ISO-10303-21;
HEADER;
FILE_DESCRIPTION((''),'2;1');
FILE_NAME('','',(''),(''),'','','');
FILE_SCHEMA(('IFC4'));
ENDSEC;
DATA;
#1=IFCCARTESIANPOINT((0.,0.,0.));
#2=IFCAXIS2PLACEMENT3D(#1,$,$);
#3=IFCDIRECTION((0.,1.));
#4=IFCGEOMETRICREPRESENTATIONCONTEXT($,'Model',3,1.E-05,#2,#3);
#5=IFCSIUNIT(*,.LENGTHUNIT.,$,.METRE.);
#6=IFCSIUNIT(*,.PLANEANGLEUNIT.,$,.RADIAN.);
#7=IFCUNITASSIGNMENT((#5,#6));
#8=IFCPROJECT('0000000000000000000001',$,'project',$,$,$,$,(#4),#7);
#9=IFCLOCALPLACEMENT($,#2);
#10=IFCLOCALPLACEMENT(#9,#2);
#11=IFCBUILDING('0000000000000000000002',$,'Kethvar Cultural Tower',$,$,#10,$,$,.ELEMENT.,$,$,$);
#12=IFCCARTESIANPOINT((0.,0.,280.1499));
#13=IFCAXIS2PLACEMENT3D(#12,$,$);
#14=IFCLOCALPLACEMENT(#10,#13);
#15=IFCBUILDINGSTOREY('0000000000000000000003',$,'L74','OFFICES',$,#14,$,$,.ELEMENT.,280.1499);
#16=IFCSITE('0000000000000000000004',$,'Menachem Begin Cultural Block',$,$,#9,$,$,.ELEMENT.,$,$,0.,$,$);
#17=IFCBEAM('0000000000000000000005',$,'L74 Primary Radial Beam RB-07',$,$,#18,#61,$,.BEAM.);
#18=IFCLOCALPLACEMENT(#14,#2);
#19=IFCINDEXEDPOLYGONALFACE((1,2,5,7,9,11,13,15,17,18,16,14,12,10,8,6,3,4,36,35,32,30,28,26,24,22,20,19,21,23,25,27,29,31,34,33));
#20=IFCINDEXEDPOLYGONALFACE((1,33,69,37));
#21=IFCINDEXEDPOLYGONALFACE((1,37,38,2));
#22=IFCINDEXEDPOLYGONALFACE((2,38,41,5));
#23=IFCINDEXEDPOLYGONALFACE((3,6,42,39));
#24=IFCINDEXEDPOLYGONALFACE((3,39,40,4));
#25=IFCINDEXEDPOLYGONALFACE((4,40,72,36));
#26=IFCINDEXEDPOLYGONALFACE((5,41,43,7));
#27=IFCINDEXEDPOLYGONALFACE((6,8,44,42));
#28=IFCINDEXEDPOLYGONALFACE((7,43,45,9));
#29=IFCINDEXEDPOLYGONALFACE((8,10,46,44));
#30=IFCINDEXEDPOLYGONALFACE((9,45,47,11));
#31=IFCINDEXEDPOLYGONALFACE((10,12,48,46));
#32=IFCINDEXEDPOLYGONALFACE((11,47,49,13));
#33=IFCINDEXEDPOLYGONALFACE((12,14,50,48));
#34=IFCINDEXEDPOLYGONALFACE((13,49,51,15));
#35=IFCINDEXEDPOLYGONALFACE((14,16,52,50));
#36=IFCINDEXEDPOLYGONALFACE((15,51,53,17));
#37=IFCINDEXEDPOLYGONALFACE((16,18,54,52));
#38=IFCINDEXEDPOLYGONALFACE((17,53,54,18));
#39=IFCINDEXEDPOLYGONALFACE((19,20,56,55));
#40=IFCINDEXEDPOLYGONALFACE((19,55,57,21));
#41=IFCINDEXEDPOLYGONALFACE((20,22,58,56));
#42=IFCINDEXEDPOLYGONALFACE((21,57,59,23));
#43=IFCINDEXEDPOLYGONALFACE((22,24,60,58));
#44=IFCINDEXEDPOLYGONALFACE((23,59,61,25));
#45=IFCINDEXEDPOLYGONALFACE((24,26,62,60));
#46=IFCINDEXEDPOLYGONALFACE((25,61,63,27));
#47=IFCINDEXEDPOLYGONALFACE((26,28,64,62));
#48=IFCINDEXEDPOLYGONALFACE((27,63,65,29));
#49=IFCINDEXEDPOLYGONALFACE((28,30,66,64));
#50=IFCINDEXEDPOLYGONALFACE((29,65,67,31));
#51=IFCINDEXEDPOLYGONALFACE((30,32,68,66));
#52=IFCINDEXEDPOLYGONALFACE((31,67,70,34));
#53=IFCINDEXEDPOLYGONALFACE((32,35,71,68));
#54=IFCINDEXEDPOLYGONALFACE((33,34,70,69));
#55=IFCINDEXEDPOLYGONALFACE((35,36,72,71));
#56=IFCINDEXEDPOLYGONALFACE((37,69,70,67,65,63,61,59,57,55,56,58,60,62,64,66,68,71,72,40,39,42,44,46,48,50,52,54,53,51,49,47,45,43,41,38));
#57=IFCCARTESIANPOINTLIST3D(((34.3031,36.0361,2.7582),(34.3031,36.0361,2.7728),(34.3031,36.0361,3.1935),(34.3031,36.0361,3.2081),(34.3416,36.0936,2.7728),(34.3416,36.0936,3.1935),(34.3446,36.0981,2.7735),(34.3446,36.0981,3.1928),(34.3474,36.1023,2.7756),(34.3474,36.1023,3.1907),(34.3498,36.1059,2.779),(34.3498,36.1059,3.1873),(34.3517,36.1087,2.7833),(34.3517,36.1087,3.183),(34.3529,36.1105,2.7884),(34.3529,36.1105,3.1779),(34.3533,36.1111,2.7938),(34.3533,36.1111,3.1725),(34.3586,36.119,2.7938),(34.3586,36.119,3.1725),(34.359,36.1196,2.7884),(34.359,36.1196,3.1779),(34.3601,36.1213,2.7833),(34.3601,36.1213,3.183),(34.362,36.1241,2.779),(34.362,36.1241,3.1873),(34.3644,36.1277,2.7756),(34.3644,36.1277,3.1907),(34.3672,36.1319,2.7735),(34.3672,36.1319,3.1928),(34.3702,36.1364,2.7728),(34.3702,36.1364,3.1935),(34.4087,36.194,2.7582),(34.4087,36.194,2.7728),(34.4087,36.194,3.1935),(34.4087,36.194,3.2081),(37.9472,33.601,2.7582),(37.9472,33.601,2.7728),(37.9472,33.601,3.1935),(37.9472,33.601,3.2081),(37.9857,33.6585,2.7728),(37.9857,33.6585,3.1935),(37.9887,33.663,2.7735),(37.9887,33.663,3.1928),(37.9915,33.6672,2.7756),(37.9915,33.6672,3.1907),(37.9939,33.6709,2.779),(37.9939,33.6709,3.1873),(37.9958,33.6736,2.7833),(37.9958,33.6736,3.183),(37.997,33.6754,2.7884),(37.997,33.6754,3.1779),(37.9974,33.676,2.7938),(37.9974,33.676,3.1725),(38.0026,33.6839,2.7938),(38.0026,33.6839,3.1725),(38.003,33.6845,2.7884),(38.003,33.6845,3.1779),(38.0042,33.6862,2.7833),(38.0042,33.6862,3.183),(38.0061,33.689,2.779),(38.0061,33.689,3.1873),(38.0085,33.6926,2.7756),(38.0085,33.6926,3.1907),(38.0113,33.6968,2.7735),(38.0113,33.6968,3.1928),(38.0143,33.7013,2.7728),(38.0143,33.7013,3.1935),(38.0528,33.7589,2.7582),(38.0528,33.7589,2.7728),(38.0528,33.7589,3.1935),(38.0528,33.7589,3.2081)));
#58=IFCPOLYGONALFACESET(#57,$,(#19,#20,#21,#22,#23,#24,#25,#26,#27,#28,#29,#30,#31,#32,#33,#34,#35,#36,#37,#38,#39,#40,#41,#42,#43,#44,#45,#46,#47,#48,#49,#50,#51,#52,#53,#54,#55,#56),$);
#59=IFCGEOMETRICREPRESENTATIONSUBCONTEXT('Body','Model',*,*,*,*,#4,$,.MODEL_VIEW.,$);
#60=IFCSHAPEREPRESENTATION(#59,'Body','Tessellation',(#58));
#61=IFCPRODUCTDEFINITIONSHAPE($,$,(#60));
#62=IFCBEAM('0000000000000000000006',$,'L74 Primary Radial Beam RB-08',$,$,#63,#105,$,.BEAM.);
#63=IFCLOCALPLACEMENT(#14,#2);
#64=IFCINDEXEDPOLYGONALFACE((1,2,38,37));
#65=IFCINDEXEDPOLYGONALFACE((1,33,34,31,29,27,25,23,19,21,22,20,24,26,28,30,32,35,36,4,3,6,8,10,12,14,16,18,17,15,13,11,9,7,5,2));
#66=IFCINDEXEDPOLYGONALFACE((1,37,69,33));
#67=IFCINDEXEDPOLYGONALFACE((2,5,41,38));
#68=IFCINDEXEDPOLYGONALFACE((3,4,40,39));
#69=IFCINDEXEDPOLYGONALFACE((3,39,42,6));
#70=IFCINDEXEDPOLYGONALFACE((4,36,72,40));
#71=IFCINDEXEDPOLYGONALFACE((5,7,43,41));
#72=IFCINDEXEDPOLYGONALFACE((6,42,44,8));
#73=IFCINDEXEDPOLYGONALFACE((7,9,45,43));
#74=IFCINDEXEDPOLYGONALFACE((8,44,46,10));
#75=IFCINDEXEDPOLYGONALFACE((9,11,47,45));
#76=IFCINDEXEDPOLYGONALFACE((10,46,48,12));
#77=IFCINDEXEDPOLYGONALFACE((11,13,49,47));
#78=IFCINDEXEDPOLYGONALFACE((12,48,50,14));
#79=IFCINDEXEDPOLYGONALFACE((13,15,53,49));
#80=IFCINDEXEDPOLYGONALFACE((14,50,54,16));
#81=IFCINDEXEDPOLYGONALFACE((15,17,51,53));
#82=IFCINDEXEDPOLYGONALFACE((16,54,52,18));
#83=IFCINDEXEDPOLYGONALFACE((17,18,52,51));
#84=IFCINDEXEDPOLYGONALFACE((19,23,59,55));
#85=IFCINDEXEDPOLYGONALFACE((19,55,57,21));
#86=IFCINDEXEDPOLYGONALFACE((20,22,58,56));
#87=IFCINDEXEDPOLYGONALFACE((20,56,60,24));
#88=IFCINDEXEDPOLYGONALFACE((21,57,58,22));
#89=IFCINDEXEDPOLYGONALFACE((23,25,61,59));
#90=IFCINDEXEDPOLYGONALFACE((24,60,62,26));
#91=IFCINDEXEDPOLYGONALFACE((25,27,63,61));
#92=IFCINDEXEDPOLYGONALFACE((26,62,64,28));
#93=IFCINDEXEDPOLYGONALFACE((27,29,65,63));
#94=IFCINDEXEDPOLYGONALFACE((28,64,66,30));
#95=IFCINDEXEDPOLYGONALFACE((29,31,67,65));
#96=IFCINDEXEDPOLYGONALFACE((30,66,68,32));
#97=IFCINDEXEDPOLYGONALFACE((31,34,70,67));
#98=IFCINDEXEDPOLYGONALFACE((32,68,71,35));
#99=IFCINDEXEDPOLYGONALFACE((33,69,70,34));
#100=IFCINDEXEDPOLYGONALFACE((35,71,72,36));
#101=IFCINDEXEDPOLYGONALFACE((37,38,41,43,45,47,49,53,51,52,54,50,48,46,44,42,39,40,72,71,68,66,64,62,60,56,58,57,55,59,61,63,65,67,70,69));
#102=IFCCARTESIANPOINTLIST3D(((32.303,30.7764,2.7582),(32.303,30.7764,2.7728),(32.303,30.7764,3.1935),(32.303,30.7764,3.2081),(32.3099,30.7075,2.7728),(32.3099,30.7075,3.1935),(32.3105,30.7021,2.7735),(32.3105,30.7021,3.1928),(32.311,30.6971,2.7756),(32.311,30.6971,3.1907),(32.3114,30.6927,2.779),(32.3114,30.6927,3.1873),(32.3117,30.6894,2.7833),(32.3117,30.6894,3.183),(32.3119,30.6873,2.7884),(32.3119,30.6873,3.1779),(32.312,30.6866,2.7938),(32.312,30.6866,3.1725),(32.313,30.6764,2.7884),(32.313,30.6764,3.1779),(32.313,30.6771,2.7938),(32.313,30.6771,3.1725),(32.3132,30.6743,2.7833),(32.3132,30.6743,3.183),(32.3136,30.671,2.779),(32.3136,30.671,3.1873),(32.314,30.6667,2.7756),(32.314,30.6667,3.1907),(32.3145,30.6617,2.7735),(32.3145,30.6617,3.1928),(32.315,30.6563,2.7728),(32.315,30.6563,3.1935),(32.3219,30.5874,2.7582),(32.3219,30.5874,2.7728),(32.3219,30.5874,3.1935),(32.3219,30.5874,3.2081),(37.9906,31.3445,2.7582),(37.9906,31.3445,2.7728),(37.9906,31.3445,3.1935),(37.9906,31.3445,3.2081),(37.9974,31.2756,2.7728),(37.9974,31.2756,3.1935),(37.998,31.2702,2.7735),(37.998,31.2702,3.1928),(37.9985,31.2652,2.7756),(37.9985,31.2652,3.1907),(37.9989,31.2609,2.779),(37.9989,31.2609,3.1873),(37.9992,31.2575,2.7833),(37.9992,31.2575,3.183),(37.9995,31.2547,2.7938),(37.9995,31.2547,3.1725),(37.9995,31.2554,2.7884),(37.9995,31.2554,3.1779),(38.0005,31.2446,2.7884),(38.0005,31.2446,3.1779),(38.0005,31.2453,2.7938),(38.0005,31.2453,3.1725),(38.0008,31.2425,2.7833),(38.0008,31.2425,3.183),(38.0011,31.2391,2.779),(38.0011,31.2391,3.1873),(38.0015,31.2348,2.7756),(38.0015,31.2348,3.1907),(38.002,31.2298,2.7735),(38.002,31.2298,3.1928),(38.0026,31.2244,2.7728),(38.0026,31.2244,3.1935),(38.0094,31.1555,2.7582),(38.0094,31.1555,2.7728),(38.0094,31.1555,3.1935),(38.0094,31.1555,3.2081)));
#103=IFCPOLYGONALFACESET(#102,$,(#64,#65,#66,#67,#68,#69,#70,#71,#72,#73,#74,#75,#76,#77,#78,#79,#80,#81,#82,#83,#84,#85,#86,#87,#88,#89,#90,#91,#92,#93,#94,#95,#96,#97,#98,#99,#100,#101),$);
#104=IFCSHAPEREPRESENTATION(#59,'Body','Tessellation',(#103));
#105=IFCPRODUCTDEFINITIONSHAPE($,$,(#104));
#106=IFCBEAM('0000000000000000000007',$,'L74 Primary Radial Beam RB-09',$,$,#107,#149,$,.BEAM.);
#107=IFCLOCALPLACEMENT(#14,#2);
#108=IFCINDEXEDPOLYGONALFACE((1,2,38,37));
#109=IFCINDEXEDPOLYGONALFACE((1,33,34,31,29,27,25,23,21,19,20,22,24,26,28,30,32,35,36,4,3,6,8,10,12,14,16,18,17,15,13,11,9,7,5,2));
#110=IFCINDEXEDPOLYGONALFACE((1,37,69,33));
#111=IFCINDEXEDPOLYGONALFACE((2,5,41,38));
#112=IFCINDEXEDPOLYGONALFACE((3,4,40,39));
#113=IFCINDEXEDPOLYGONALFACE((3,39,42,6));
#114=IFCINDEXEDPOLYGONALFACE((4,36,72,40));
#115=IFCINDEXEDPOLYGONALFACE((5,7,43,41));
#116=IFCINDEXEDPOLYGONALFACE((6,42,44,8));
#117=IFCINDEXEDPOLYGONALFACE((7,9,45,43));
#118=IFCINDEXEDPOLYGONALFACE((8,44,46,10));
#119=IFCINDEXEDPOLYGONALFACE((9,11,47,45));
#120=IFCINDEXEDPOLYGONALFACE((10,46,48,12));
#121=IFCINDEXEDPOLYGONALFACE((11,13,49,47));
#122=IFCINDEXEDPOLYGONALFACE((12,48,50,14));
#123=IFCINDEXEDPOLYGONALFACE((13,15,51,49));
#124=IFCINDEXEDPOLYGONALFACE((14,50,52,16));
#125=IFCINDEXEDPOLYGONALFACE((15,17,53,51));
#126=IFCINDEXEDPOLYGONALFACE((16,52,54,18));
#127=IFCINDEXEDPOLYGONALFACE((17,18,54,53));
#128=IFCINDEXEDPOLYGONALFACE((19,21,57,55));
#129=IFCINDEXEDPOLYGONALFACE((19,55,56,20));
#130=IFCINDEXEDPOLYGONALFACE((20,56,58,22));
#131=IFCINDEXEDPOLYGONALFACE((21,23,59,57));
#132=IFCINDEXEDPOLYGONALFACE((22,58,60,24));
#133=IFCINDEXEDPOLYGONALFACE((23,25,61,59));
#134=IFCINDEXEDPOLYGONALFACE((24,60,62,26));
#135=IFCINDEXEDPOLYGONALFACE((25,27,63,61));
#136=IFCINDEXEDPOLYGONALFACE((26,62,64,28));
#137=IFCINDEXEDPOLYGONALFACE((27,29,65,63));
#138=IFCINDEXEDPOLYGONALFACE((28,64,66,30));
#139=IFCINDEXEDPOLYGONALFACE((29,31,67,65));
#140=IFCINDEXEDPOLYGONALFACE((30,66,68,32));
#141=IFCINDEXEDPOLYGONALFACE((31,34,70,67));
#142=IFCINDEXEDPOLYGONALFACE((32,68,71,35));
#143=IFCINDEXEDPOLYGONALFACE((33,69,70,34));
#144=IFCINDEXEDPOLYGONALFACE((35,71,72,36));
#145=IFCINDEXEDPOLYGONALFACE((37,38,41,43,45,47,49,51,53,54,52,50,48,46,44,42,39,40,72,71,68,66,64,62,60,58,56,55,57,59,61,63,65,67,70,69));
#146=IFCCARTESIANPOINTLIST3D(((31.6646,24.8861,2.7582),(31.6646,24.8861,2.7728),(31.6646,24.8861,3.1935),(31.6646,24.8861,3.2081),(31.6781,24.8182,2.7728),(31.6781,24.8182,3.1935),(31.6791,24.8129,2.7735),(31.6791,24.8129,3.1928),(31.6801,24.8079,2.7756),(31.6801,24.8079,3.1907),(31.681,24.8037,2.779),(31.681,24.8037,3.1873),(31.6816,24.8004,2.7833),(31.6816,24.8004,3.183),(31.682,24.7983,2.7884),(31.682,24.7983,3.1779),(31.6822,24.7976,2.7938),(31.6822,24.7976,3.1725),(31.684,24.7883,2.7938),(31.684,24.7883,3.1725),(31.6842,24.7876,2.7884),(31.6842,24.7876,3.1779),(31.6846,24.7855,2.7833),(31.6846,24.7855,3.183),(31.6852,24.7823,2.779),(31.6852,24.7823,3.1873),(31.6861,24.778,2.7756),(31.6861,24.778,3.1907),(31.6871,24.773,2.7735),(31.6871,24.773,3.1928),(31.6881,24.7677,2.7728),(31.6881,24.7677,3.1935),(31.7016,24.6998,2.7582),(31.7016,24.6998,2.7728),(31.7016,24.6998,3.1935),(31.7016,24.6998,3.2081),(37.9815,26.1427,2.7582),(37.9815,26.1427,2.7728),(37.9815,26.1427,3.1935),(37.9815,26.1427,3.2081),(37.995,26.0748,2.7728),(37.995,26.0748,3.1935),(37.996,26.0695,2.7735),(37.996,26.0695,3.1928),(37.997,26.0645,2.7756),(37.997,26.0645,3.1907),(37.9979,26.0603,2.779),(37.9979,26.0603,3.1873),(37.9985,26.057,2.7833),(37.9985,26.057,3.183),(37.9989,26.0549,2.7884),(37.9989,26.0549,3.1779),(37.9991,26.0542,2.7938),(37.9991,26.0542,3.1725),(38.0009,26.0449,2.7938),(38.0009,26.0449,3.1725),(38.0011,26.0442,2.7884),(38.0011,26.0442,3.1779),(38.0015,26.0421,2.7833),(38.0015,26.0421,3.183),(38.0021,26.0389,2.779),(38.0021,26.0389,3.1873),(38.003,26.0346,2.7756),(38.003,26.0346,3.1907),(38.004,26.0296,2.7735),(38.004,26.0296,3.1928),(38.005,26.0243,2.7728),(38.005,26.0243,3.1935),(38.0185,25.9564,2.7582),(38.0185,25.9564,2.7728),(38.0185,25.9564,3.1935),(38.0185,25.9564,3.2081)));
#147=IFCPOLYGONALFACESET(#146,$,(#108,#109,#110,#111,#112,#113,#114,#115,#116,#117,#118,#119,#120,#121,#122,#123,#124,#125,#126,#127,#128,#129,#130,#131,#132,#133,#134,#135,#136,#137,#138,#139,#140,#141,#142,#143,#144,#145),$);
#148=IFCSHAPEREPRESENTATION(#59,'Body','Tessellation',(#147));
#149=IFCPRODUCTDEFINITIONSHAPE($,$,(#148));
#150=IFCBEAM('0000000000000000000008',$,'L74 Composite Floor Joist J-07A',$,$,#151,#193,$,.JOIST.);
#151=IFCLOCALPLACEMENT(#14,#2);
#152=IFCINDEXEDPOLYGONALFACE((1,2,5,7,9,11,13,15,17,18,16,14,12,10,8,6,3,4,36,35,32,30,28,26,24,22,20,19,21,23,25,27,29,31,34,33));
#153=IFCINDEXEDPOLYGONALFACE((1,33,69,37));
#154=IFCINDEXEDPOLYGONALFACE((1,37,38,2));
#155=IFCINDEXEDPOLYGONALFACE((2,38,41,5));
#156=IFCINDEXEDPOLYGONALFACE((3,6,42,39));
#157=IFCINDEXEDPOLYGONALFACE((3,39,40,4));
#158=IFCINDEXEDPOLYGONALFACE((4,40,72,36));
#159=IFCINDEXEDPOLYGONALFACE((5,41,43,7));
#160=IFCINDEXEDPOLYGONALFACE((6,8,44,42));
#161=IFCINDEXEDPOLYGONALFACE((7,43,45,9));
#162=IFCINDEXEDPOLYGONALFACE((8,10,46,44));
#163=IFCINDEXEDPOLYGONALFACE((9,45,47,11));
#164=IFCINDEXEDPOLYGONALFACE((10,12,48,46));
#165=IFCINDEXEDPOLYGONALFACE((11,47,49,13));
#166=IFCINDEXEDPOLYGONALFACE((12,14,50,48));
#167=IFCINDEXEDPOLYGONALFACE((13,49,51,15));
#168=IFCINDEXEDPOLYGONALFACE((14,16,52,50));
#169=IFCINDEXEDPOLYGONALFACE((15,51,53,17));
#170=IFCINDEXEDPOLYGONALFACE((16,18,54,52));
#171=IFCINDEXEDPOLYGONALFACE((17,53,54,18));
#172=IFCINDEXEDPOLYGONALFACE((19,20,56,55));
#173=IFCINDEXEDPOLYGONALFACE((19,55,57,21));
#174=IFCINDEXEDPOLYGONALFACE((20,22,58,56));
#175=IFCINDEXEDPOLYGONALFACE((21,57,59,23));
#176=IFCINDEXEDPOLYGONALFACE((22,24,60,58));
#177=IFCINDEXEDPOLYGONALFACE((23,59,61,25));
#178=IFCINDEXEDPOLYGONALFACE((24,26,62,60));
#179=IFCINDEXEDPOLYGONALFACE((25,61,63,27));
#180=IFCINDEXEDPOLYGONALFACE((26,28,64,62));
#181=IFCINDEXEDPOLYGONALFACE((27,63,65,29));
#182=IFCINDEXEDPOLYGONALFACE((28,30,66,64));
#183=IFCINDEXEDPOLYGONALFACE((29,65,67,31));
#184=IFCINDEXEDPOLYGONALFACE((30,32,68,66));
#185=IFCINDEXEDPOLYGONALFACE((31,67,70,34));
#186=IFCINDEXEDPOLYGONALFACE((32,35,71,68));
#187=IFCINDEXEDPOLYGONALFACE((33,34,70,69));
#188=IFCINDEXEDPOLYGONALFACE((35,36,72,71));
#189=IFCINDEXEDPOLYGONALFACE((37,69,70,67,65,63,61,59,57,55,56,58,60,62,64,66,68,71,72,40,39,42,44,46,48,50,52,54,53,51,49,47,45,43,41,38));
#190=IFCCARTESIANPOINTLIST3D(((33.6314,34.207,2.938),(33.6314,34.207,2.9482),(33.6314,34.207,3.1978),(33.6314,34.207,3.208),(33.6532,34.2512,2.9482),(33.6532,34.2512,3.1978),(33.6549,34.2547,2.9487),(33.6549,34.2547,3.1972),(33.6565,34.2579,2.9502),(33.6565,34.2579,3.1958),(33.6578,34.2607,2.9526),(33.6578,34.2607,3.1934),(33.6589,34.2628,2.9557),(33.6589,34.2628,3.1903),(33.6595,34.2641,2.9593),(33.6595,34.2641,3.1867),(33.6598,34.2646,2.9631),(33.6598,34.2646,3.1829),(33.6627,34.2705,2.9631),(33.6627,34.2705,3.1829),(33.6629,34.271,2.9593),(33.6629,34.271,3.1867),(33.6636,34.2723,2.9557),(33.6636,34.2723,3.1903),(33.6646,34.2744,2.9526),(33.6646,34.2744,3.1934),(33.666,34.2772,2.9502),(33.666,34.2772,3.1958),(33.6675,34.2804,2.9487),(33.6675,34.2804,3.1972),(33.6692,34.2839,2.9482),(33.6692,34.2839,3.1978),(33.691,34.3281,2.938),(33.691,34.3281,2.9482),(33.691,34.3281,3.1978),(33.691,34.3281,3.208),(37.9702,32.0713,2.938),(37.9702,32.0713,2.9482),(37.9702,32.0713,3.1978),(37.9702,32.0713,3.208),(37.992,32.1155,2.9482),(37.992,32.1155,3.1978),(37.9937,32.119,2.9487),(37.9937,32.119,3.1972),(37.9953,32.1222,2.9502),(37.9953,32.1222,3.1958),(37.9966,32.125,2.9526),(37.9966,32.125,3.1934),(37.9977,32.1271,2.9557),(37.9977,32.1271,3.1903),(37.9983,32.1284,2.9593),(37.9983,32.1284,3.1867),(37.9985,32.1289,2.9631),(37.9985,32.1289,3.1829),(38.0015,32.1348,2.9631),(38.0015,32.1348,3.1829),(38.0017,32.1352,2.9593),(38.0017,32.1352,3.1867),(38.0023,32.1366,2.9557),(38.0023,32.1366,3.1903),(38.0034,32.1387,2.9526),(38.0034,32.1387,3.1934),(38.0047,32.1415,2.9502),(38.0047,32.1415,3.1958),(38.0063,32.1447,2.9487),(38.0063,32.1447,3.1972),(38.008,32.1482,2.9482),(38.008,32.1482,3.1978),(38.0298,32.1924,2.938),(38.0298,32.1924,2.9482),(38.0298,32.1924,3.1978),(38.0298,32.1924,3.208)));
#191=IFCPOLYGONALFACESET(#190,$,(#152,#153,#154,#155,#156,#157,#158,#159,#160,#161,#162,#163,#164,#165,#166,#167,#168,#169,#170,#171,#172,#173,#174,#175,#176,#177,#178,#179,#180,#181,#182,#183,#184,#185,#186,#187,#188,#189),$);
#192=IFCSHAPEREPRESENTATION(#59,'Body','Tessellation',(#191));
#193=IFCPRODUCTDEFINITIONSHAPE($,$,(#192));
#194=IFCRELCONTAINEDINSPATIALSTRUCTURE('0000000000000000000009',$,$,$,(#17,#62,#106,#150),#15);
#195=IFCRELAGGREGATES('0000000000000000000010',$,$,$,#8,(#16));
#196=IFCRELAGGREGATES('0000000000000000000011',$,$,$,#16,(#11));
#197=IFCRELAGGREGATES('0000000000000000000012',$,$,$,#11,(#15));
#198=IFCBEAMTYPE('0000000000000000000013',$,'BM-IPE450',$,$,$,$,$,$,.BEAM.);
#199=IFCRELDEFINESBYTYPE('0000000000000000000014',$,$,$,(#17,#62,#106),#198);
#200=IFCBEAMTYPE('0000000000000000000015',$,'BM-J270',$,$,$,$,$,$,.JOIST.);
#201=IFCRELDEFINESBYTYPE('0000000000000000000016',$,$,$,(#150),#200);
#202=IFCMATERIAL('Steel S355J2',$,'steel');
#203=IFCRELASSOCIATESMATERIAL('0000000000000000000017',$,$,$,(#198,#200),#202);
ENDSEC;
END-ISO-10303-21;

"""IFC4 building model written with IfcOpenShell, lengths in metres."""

from ifc_helpers import new_model, si_unit, direction, frame, origin, origin_2d, place, context, subcontext, project, spatial, i_section, extrude, source, transform, mapped, material, material_profile, profile_set, type_object, element, save


model = new_model("IFC4")

# Units and contexts
model_context = context("Model", 3, precision=1e-05, world=origin(), true_north=direction((0.0, 1.0)))
body_context = subcontext(model_context, "Body", "Model", "MODEL_VIEW")
ifc_project = project(units=[si_unit("LENGTHUNIT", "METRE"), si_unit("PLANEANGLEUNIT", "RADIAN")], contexts=[model_context])

# Site, building, storey
site_placement = place(None, origin())
site = spatial("IfcSite", under=ifc_project, at=site_placement, Name="Menachem Begin Cultural Block", CompositionType="ELEMENT", RefElevation=0.0)
building_placement = place(site_placement, origin())
building = spatial("IfcBuilding", under=site, at=building_placement, Name="Kethvar Cultural Tower", CompositionType="ELEMENT")
storey_placement = place(building_placement, frame((0.0, 0.0, 280.1499)))
storey = spatial("IfcBuildingStorey", under=building, at=storey_placement, Name="L74", Description="OFFICES", CompositionType="ELEMENT", Elevation=280.1499)

# Beams
ifc_material_1 = material(Name="Steel S355J2", Category="steel")
ifc_material_profile_1 = material_profile(ifc_material_1, i_section(OverallWidth=0.1899, OverallDepth=0.45, WebThickness=0.0095, FlangeThickness=0.0146, FilletRadius=0.021, at=origin_2d()), Name="Steel S355J2 — IPE450")
ifc_profile_set_1 = profile_set([ifc_material_profile_1], Name="Steel S355J2 — IPE450")
beam_type_1 = type_object("IfcBeamType", Name="BM-IPE450", PredefinedType="BEAM", material=ifc_profile_set_1)
shared_shape_1 = source(origin(), body_context, "Body", "SweptSolid", [
    extrude(i_section(OverallWidth=0.1899, OverallDepth=0.45, WebThickness=0.0095, FlangeThickness=0.0146, FilletRadius=0.021, at=origin_2d()), origin(), (0.0, 0.0, 1.0), 4.3828),
])
beam_1_placement = place(storey_placement, frame((38.0, 33.6799, 2.9832), z_axis=(-0.83145, 0.5556, 0.0), x_axis=(-0.5556, -0.83145, 0.0)))
element("IfcBeam", 1, at=beam_1_placement, inside=storey, type_object=beam_type_1, Name="L74 Primary Radial Beam RB-07", PredefinedType="BEAM", context=body_context, shape_type="MappedRepresentation", body=[
    mapped(shared_shape_1, transform((0.0, 0.0, 0.0), scale=1.0)),
])
shared_shape_2 = source(origin(), body_context, "Body", "SweptSolid", [
    extrude(i_section(OverallWidth=0.1899, OverallDepth=0.45, WebThickness=0.0095, FlangeThickness=0.0146, FilletRadius=0.021, at=origin_2d()), origin(), (0.0, 0.0, 1.0), 5.7158),
])
beam_2_placement = place(storey_placement, frame((38.0, 31.25, 2.9832), z_axis=(-0.995048, -0.099394, 0.0), x_axis=(0.099394, -0.995048, 0.0)))
element("IfcBeam", 2, at=beam_2_placement, inside=storey, type_object=beam_type_1, Name="L74 Primary Radial Beam RB-08", PredefinedType="BEAM", context=body_context, shape_type="MappedRepresentation", body=[
    mapped(shared_shape_2, transform((0.0, 0.0, 0.0), scale=1.0)),
])
shared_shape_3 = source(origin(), body_context, "Body", "SweptSolid", [
    extrude(i_section(OverallWidth=0.1899, OverallDepth=0.45, WebThickness=0.0095, FlangeThickness=0.0146, FilletRadius=0.021, at=origin_2d()), origin(), (0.0, 0.0, 1.0), 6.4407),
])
beam_3_placement = place(storey_placement, frame((38.0, 26.0496, 2.9832), z_axis=(-0.980783, -0.195103, 0.0), x_axis=(0.195103, -0.980783, 0.0)))
element("IfcBeam", 3, at=beam_3_placement, inside=storey, type_object=beam_type_1, Name="L74 Primary Radial Beam RB-09", PredefinedType="BEAM", context=body_context, shape_type="MappedRepresentation", body=[
    mapped(shared_shape_3, transform((0.0, 0.0, 0.0), scale=1.0)),
])
ifc_material_profile_2 = material_profile(ifc_material_1, i_section(OverallWidth=0.135, OverallDepth=0.27, WebThickness=0.0066, FlangeThickness=0.0103, FilletRadius=0.0149, at=origin_2d()), Name="Steel S355J2 — IPE270")
ifc_profile_set_2 = profile_set([ifc_material_profile_2], Name="Steel S355J2 — IPE270")
beam_type_2 = type_object("IfcBeamType", Name="BM-J270", PredefinedType="JOIST", material=ifc_profile_set_2)
shared_shape_4 = source(origin(), body_context, "Body", "SweptSolid", [
    extrude(i_section(OverallWidth=0.135, OverallDepth=0.27, WebThickness=0.0066, FlangeThickness=0.0103, FilletRadius=0.0149, at=origin_2d()), origin(), (0.0, 0.0, 1.0), 4.8359),
])
beam_4_placement = place(storey_placement, frame((38.0, 32.1318, 3.073), z_axis=(-0.897197, 0.441632, 0.0), x_axis=(-0.441632, -0.897197, 0.0)))
element("IfcBeam", 4, at=beam_4_placement, inside=storey, type_object=beam_type_2, Name="L74 Composite Floor Joist J-07A", PredefinedType="JOIST", context=body_context, shape_type="MappedRepresentation", body=[
    mapped(shared_shape_4, transform((0.0, 0.0, 0.0), scale=1.0)),
])

save(model, "model.ifc")
